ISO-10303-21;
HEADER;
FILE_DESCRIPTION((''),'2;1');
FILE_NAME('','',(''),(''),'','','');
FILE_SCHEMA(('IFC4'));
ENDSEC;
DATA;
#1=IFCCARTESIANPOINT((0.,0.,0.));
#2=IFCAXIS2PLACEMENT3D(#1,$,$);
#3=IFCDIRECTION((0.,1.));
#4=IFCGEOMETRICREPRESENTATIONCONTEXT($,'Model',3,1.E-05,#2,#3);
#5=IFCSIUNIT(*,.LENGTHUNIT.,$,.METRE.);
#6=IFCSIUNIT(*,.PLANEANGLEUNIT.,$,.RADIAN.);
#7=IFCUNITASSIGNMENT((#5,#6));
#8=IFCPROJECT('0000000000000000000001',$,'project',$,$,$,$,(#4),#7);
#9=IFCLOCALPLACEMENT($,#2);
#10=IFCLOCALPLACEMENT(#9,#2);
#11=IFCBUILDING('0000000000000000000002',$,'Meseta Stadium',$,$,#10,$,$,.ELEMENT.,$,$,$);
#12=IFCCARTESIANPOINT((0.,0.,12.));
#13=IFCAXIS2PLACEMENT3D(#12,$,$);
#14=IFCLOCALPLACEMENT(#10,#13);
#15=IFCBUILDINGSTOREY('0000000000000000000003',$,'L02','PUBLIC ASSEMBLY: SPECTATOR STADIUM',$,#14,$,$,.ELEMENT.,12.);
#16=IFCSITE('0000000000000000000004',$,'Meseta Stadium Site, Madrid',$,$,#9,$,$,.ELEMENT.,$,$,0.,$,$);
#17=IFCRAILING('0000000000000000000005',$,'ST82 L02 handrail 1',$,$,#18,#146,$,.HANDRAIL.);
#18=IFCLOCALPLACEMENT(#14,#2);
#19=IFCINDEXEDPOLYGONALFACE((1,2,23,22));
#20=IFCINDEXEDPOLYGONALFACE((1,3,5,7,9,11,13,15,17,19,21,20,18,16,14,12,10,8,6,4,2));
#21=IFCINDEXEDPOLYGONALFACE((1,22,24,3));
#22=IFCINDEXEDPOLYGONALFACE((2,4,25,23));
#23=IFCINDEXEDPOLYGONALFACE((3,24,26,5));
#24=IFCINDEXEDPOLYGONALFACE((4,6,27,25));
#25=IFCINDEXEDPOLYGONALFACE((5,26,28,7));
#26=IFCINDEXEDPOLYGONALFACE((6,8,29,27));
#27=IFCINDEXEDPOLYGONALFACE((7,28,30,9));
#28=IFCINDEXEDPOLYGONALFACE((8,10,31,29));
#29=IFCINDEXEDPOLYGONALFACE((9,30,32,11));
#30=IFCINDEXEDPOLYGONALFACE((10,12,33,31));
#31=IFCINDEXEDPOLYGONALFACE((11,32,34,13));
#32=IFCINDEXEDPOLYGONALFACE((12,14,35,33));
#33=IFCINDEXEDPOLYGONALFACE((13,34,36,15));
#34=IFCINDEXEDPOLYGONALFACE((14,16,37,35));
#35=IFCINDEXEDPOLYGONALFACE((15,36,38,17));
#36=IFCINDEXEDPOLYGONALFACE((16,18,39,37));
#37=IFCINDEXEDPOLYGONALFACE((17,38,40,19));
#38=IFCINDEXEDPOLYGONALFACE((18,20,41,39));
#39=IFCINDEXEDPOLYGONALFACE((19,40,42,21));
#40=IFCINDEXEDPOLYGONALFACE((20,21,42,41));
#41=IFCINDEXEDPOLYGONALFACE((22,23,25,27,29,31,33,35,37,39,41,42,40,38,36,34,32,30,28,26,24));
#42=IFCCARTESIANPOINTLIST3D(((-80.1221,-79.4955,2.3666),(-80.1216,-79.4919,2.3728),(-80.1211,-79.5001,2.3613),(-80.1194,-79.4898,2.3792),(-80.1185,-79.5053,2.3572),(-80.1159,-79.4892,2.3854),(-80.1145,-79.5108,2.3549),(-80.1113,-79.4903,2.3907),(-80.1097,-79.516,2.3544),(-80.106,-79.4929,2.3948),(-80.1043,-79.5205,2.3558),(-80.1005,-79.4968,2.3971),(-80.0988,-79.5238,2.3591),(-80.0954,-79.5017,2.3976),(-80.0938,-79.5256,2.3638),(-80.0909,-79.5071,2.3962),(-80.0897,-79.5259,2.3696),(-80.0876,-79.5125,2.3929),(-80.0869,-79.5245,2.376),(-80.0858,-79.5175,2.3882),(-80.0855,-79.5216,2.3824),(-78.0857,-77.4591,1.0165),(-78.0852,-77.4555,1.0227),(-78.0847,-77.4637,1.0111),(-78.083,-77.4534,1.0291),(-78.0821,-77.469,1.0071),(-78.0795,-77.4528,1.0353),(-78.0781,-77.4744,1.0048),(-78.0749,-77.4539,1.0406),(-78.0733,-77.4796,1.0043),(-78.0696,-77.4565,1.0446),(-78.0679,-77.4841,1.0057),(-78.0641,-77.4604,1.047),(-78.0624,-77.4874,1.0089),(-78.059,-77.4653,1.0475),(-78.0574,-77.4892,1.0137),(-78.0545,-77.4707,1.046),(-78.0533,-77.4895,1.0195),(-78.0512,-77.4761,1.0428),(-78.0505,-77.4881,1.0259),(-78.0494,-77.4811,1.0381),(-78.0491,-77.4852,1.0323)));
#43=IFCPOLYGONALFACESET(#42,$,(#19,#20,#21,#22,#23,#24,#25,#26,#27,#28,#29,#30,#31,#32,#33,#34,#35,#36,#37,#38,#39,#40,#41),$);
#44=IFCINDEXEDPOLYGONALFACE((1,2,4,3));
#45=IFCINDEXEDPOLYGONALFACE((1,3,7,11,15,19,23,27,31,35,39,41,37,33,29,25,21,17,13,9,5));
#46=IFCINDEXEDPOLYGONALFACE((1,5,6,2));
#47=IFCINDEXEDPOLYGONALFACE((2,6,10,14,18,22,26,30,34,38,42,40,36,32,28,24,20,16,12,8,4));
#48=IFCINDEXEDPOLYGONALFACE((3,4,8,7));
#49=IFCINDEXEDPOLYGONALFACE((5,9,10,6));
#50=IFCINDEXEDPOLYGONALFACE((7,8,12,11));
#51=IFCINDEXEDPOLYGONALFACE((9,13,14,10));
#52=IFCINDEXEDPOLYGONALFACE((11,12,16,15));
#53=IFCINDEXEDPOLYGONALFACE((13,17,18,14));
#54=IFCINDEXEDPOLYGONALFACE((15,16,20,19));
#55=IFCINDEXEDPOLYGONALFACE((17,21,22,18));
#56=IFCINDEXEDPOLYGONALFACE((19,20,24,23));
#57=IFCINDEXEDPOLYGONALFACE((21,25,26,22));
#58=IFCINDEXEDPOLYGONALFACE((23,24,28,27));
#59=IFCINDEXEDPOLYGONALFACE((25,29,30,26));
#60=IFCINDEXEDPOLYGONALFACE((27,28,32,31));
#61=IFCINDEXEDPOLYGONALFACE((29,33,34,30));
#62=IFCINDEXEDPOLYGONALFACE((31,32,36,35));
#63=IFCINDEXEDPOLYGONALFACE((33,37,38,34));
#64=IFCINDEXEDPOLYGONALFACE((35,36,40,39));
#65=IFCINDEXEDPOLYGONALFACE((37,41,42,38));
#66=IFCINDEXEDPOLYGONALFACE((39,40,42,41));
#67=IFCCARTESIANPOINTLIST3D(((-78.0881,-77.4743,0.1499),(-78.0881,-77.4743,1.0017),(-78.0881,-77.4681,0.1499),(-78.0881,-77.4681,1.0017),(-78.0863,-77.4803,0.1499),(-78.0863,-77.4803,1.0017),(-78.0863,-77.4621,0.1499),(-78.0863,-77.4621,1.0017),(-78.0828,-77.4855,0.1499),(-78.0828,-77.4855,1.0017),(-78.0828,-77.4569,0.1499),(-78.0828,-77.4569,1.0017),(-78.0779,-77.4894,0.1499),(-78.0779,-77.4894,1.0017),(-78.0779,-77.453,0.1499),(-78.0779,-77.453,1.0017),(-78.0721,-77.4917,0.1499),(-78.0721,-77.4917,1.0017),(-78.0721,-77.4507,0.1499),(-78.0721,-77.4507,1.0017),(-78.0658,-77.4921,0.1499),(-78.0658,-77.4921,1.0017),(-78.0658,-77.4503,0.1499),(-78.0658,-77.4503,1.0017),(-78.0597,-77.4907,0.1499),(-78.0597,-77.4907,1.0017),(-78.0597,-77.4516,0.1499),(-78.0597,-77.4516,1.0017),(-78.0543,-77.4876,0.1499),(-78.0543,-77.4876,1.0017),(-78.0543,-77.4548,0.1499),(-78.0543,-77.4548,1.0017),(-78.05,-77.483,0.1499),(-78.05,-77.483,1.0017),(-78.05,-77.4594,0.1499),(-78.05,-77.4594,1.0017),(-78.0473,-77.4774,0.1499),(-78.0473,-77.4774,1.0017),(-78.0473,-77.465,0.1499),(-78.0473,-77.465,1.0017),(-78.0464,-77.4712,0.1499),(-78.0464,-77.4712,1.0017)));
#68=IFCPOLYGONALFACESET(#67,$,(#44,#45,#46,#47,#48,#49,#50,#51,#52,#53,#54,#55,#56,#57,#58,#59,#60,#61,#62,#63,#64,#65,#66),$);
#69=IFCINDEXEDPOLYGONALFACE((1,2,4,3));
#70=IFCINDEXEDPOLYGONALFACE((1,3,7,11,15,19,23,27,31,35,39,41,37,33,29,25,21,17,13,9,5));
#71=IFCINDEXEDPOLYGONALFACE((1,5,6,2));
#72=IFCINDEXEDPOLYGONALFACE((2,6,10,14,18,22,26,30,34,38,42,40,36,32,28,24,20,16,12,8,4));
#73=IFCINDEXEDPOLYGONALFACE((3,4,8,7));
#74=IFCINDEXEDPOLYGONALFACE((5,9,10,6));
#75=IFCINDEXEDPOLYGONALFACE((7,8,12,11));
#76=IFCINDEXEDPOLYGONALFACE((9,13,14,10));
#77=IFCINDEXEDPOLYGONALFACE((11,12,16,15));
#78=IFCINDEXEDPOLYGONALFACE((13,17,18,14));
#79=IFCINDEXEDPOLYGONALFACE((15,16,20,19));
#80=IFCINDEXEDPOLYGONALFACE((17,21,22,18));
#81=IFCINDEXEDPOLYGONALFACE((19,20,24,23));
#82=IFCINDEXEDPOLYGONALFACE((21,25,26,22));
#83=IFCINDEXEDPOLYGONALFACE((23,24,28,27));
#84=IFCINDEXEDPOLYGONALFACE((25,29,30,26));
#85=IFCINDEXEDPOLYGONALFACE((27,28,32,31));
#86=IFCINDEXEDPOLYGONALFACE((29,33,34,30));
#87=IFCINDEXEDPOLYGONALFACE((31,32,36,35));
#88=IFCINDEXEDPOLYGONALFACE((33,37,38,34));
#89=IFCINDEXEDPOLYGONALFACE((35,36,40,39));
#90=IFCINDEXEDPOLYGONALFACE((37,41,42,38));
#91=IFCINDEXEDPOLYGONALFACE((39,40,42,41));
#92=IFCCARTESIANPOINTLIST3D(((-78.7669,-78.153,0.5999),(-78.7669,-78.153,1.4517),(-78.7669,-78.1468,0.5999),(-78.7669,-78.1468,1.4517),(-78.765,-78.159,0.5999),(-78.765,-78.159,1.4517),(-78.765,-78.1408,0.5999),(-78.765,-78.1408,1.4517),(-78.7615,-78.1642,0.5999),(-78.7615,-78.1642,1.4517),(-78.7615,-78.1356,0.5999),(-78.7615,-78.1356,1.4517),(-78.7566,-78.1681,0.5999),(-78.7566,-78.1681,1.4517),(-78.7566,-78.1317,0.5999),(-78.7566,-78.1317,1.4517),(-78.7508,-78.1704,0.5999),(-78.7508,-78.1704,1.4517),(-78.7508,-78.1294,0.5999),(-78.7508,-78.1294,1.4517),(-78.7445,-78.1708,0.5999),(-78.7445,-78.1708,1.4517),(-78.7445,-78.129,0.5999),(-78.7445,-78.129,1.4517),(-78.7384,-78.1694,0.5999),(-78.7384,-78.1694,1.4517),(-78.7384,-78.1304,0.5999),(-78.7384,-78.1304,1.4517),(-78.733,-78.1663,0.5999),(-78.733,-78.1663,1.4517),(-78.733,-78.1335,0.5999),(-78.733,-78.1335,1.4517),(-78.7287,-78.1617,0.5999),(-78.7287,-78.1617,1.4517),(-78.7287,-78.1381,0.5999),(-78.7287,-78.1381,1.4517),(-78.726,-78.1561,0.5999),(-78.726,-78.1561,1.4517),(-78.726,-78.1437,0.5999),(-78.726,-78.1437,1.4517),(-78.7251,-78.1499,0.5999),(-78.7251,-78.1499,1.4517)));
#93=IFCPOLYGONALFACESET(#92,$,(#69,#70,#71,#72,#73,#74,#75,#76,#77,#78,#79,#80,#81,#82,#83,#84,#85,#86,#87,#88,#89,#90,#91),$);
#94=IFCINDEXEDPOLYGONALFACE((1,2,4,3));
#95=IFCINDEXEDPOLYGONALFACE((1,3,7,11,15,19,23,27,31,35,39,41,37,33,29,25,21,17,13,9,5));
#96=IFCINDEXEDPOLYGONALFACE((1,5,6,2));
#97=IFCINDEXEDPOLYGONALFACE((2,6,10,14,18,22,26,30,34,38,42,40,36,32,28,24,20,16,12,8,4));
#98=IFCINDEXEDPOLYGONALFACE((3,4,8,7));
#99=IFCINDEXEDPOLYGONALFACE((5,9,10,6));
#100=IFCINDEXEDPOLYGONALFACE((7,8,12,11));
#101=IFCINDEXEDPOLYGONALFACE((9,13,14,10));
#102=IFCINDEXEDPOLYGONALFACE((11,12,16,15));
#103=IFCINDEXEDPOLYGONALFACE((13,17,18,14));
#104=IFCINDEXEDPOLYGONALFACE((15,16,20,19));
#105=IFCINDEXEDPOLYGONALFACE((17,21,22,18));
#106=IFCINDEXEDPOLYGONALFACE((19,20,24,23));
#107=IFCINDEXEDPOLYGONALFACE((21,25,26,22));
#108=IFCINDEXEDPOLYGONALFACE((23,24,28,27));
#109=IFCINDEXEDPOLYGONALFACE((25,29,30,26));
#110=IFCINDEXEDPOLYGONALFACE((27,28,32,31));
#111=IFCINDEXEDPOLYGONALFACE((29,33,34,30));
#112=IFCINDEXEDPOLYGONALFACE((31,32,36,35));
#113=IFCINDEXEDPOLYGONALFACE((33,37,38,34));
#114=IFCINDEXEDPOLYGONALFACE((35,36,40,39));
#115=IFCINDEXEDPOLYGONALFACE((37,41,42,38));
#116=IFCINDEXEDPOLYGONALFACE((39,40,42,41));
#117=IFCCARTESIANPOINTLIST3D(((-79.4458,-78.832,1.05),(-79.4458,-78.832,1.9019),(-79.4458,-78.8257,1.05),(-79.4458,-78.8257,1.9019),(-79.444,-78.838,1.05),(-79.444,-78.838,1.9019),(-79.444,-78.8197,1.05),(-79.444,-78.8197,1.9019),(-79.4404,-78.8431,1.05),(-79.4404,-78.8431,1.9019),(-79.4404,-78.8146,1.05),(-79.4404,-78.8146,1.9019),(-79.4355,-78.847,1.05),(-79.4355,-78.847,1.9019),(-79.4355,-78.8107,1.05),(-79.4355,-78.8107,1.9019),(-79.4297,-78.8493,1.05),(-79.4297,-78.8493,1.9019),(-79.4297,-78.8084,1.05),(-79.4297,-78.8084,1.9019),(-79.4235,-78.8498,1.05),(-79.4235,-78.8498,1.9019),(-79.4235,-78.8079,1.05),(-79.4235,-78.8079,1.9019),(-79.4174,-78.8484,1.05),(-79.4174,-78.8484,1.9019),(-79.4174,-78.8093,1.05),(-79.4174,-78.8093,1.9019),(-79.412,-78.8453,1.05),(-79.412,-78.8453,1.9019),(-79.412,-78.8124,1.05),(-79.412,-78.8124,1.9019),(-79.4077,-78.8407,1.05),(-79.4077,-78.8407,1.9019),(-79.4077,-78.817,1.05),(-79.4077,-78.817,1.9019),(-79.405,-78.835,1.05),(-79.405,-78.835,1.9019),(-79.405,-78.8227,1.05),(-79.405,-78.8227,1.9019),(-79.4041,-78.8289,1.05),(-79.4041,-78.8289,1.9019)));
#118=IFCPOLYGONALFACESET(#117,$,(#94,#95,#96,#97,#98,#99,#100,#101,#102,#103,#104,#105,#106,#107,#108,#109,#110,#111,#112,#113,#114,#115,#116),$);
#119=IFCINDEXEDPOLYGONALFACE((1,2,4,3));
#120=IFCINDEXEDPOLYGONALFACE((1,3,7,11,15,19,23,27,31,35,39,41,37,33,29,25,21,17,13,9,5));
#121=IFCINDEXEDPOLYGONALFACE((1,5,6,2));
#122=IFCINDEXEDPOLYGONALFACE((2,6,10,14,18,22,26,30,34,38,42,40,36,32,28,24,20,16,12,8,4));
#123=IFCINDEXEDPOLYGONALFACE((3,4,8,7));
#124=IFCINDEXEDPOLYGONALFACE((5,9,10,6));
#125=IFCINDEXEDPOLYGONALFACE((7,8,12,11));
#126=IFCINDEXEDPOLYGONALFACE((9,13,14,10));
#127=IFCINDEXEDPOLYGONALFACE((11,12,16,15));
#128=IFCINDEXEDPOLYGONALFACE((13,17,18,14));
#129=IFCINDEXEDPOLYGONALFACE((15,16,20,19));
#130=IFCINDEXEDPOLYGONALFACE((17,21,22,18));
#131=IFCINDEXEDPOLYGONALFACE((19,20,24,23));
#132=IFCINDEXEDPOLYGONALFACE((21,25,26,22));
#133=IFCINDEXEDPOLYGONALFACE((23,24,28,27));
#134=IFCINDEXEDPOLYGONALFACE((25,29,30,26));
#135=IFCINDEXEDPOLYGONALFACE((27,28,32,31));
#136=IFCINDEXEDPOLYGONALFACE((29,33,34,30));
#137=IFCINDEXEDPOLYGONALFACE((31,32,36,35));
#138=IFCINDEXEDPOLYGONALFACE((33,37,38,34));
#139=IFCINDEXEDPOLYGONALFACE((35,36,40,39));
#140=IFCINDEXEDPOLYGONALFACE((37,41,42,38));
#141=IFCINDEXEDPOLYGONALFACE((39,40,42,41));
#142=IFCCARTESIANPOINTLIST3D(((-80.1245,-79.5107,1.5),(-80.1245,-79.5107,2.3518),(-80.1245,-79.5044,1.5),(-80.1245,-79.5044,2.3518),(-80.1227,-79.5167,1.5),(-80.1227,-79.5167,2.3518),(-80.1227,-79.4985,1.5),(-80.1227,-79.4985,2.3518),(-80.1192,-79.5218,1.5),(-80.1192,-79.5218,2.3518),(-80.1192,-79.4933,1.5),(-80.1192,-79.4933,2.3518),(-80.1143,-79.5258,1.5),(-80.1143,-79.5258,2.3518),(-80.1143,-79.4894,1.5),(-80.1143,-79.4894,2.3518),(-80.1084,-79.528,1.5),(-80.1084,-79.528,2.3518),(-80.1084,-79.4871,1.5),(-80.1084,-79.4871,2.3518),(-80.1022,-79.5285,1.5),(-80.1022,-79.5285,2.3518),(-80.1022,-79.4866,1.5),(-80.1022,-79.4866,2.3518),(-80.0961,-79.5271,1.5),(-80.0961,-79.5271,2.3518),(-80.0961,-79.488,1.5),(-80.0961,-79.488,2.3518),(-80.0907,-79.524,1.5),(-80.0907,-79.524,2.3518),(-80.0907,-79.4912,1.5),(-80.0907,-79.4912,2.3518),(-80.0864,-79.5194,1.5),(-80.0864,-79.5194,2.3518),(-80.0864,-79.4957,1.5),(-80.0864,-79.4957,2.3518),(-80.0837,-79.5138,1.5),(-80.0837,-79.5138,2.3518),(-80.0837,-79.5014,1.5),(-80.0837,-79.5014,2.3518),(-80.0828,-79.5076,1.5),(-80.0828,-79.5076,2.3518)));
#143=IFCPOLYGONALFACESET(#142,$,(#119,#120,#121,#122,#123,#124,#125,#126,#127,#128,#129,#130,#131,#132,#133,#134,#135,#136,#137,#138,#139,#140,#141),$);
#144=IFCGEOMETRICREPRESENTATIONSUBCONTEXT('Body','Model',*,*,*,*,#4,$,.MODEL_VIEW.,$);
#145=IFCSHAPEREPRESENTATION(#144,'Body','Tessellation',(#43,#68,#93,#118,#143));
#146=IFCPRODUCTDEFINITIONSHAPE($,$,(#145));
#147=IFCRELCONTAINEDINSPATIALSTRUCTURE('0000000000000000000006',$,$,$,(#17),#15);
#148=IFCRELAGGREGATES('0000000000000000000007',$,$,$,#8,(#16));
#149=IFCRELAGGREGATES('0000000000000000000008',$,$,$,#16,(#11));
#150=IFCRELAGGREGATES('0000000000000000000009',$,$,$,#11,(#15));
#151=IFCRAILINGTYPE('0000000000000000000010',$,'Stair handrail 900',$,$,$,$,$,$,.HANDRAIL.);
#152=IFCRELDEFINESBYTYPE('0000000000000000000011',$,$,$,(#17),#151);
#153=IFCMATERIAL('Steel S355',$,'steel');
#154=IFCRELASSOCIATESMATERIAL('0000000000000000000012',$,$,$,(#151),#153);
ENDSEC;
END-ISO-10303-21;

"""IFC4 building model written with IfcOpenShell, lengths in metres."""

from ifc_helpers import new_model, si_unit, direction, frame, origin, origin_2d, place, context, subcontext, project, spatial, circle, extrude, material, type_object, element, save


model = new_model("IFC4")

# Units and contexts
model_context = context("Model", 3, precision=1e-05, world=origin(), true_north=direction((0.0, 1.0)))
body_context = subcontext(model_context, "Body", "Model", "MODEL_VIEW")
ifc_project = project(units=[si_unit("LENGTHUNIT", "METRE"), si_unit("PLANEANGLEUNIT", "RADIAN")], contexts=[model_context])

# Site, building, storey
site_placement = place(None, origin())
site = spatial("IfcSite", under=ifc_project, at=site_placement, Name="Meseta Stadium Site, Madrid", CompositionType="ELEMENT", RefElevation=0.0)
building_placement = place(site_placement, origin())
building = spatial("IfcBuilding", under=site, at=building_placement, Name="Meseta Stadium", CompositionType="ELEMENT")
storey_placement = place(building_placement, frame((0.0, 0.0, 12.0)))
storey = spatial("IfcBuildingStorey", under=building, at=storey_placement, Name="L02", Description="PUBLIC ASSEMBLY: SPECTATOR STADIUM", CompositionType="ELEMENT", Elevation=12.0)

# Railing
ifc_material_1 = material(Name="Steel S355", Category="steel")
railing_type_1 = type_object("IfcRailingType", Name="Stair handrail 900", PredefinedType="HANDRAIL", material=ifc_material_1)
railing_1_placement = place(storey_placement, frame((-78.0674, -77.4712, 0.1499)))
element("IfcRailing", 1, at=railing_1_placement, inside=storey, type_object=railing_type_1, Name="ST82 L02 handrail 1", PredefinedType="HANDRAIL", context=body_context, shape_type="SweptSolid", body=[
    extrude(circle(Radius=0.0239, at=origin_2d()), frame((0.0, 0.0, 0.876), z_axis=(-0.640243, -0.640243, 0.424475), x_axis=(0.707107, -0.707107, 0.0)), (0.0, 0.0, 1.0), 3.1807),
    extrude(circle(Radius=0.021, at=origin_2d()), origin(), (0.0, 0.0, 1.0), 0.8518),
    extrude(circle(Radius=0.021, at=origin_2d()), frame((-0.6787, -0.6787, 0.45)), (0.0, 0.0, 1.0), 0.8518),
    extrude(circle(Radius=0.021, at=origin_2d()), frame((-1.3577, -1.3577, 0.9001)), (0.0, 0.0, 1.0), 0.8518),
    extrude(circle(Radius=0.021, at=origin_2d()), frame((-2.0364, -2.0364, 1.3501)), (0.0, 0.0, 1.0), 0.8518),
])

save(model, "model.ifc")
